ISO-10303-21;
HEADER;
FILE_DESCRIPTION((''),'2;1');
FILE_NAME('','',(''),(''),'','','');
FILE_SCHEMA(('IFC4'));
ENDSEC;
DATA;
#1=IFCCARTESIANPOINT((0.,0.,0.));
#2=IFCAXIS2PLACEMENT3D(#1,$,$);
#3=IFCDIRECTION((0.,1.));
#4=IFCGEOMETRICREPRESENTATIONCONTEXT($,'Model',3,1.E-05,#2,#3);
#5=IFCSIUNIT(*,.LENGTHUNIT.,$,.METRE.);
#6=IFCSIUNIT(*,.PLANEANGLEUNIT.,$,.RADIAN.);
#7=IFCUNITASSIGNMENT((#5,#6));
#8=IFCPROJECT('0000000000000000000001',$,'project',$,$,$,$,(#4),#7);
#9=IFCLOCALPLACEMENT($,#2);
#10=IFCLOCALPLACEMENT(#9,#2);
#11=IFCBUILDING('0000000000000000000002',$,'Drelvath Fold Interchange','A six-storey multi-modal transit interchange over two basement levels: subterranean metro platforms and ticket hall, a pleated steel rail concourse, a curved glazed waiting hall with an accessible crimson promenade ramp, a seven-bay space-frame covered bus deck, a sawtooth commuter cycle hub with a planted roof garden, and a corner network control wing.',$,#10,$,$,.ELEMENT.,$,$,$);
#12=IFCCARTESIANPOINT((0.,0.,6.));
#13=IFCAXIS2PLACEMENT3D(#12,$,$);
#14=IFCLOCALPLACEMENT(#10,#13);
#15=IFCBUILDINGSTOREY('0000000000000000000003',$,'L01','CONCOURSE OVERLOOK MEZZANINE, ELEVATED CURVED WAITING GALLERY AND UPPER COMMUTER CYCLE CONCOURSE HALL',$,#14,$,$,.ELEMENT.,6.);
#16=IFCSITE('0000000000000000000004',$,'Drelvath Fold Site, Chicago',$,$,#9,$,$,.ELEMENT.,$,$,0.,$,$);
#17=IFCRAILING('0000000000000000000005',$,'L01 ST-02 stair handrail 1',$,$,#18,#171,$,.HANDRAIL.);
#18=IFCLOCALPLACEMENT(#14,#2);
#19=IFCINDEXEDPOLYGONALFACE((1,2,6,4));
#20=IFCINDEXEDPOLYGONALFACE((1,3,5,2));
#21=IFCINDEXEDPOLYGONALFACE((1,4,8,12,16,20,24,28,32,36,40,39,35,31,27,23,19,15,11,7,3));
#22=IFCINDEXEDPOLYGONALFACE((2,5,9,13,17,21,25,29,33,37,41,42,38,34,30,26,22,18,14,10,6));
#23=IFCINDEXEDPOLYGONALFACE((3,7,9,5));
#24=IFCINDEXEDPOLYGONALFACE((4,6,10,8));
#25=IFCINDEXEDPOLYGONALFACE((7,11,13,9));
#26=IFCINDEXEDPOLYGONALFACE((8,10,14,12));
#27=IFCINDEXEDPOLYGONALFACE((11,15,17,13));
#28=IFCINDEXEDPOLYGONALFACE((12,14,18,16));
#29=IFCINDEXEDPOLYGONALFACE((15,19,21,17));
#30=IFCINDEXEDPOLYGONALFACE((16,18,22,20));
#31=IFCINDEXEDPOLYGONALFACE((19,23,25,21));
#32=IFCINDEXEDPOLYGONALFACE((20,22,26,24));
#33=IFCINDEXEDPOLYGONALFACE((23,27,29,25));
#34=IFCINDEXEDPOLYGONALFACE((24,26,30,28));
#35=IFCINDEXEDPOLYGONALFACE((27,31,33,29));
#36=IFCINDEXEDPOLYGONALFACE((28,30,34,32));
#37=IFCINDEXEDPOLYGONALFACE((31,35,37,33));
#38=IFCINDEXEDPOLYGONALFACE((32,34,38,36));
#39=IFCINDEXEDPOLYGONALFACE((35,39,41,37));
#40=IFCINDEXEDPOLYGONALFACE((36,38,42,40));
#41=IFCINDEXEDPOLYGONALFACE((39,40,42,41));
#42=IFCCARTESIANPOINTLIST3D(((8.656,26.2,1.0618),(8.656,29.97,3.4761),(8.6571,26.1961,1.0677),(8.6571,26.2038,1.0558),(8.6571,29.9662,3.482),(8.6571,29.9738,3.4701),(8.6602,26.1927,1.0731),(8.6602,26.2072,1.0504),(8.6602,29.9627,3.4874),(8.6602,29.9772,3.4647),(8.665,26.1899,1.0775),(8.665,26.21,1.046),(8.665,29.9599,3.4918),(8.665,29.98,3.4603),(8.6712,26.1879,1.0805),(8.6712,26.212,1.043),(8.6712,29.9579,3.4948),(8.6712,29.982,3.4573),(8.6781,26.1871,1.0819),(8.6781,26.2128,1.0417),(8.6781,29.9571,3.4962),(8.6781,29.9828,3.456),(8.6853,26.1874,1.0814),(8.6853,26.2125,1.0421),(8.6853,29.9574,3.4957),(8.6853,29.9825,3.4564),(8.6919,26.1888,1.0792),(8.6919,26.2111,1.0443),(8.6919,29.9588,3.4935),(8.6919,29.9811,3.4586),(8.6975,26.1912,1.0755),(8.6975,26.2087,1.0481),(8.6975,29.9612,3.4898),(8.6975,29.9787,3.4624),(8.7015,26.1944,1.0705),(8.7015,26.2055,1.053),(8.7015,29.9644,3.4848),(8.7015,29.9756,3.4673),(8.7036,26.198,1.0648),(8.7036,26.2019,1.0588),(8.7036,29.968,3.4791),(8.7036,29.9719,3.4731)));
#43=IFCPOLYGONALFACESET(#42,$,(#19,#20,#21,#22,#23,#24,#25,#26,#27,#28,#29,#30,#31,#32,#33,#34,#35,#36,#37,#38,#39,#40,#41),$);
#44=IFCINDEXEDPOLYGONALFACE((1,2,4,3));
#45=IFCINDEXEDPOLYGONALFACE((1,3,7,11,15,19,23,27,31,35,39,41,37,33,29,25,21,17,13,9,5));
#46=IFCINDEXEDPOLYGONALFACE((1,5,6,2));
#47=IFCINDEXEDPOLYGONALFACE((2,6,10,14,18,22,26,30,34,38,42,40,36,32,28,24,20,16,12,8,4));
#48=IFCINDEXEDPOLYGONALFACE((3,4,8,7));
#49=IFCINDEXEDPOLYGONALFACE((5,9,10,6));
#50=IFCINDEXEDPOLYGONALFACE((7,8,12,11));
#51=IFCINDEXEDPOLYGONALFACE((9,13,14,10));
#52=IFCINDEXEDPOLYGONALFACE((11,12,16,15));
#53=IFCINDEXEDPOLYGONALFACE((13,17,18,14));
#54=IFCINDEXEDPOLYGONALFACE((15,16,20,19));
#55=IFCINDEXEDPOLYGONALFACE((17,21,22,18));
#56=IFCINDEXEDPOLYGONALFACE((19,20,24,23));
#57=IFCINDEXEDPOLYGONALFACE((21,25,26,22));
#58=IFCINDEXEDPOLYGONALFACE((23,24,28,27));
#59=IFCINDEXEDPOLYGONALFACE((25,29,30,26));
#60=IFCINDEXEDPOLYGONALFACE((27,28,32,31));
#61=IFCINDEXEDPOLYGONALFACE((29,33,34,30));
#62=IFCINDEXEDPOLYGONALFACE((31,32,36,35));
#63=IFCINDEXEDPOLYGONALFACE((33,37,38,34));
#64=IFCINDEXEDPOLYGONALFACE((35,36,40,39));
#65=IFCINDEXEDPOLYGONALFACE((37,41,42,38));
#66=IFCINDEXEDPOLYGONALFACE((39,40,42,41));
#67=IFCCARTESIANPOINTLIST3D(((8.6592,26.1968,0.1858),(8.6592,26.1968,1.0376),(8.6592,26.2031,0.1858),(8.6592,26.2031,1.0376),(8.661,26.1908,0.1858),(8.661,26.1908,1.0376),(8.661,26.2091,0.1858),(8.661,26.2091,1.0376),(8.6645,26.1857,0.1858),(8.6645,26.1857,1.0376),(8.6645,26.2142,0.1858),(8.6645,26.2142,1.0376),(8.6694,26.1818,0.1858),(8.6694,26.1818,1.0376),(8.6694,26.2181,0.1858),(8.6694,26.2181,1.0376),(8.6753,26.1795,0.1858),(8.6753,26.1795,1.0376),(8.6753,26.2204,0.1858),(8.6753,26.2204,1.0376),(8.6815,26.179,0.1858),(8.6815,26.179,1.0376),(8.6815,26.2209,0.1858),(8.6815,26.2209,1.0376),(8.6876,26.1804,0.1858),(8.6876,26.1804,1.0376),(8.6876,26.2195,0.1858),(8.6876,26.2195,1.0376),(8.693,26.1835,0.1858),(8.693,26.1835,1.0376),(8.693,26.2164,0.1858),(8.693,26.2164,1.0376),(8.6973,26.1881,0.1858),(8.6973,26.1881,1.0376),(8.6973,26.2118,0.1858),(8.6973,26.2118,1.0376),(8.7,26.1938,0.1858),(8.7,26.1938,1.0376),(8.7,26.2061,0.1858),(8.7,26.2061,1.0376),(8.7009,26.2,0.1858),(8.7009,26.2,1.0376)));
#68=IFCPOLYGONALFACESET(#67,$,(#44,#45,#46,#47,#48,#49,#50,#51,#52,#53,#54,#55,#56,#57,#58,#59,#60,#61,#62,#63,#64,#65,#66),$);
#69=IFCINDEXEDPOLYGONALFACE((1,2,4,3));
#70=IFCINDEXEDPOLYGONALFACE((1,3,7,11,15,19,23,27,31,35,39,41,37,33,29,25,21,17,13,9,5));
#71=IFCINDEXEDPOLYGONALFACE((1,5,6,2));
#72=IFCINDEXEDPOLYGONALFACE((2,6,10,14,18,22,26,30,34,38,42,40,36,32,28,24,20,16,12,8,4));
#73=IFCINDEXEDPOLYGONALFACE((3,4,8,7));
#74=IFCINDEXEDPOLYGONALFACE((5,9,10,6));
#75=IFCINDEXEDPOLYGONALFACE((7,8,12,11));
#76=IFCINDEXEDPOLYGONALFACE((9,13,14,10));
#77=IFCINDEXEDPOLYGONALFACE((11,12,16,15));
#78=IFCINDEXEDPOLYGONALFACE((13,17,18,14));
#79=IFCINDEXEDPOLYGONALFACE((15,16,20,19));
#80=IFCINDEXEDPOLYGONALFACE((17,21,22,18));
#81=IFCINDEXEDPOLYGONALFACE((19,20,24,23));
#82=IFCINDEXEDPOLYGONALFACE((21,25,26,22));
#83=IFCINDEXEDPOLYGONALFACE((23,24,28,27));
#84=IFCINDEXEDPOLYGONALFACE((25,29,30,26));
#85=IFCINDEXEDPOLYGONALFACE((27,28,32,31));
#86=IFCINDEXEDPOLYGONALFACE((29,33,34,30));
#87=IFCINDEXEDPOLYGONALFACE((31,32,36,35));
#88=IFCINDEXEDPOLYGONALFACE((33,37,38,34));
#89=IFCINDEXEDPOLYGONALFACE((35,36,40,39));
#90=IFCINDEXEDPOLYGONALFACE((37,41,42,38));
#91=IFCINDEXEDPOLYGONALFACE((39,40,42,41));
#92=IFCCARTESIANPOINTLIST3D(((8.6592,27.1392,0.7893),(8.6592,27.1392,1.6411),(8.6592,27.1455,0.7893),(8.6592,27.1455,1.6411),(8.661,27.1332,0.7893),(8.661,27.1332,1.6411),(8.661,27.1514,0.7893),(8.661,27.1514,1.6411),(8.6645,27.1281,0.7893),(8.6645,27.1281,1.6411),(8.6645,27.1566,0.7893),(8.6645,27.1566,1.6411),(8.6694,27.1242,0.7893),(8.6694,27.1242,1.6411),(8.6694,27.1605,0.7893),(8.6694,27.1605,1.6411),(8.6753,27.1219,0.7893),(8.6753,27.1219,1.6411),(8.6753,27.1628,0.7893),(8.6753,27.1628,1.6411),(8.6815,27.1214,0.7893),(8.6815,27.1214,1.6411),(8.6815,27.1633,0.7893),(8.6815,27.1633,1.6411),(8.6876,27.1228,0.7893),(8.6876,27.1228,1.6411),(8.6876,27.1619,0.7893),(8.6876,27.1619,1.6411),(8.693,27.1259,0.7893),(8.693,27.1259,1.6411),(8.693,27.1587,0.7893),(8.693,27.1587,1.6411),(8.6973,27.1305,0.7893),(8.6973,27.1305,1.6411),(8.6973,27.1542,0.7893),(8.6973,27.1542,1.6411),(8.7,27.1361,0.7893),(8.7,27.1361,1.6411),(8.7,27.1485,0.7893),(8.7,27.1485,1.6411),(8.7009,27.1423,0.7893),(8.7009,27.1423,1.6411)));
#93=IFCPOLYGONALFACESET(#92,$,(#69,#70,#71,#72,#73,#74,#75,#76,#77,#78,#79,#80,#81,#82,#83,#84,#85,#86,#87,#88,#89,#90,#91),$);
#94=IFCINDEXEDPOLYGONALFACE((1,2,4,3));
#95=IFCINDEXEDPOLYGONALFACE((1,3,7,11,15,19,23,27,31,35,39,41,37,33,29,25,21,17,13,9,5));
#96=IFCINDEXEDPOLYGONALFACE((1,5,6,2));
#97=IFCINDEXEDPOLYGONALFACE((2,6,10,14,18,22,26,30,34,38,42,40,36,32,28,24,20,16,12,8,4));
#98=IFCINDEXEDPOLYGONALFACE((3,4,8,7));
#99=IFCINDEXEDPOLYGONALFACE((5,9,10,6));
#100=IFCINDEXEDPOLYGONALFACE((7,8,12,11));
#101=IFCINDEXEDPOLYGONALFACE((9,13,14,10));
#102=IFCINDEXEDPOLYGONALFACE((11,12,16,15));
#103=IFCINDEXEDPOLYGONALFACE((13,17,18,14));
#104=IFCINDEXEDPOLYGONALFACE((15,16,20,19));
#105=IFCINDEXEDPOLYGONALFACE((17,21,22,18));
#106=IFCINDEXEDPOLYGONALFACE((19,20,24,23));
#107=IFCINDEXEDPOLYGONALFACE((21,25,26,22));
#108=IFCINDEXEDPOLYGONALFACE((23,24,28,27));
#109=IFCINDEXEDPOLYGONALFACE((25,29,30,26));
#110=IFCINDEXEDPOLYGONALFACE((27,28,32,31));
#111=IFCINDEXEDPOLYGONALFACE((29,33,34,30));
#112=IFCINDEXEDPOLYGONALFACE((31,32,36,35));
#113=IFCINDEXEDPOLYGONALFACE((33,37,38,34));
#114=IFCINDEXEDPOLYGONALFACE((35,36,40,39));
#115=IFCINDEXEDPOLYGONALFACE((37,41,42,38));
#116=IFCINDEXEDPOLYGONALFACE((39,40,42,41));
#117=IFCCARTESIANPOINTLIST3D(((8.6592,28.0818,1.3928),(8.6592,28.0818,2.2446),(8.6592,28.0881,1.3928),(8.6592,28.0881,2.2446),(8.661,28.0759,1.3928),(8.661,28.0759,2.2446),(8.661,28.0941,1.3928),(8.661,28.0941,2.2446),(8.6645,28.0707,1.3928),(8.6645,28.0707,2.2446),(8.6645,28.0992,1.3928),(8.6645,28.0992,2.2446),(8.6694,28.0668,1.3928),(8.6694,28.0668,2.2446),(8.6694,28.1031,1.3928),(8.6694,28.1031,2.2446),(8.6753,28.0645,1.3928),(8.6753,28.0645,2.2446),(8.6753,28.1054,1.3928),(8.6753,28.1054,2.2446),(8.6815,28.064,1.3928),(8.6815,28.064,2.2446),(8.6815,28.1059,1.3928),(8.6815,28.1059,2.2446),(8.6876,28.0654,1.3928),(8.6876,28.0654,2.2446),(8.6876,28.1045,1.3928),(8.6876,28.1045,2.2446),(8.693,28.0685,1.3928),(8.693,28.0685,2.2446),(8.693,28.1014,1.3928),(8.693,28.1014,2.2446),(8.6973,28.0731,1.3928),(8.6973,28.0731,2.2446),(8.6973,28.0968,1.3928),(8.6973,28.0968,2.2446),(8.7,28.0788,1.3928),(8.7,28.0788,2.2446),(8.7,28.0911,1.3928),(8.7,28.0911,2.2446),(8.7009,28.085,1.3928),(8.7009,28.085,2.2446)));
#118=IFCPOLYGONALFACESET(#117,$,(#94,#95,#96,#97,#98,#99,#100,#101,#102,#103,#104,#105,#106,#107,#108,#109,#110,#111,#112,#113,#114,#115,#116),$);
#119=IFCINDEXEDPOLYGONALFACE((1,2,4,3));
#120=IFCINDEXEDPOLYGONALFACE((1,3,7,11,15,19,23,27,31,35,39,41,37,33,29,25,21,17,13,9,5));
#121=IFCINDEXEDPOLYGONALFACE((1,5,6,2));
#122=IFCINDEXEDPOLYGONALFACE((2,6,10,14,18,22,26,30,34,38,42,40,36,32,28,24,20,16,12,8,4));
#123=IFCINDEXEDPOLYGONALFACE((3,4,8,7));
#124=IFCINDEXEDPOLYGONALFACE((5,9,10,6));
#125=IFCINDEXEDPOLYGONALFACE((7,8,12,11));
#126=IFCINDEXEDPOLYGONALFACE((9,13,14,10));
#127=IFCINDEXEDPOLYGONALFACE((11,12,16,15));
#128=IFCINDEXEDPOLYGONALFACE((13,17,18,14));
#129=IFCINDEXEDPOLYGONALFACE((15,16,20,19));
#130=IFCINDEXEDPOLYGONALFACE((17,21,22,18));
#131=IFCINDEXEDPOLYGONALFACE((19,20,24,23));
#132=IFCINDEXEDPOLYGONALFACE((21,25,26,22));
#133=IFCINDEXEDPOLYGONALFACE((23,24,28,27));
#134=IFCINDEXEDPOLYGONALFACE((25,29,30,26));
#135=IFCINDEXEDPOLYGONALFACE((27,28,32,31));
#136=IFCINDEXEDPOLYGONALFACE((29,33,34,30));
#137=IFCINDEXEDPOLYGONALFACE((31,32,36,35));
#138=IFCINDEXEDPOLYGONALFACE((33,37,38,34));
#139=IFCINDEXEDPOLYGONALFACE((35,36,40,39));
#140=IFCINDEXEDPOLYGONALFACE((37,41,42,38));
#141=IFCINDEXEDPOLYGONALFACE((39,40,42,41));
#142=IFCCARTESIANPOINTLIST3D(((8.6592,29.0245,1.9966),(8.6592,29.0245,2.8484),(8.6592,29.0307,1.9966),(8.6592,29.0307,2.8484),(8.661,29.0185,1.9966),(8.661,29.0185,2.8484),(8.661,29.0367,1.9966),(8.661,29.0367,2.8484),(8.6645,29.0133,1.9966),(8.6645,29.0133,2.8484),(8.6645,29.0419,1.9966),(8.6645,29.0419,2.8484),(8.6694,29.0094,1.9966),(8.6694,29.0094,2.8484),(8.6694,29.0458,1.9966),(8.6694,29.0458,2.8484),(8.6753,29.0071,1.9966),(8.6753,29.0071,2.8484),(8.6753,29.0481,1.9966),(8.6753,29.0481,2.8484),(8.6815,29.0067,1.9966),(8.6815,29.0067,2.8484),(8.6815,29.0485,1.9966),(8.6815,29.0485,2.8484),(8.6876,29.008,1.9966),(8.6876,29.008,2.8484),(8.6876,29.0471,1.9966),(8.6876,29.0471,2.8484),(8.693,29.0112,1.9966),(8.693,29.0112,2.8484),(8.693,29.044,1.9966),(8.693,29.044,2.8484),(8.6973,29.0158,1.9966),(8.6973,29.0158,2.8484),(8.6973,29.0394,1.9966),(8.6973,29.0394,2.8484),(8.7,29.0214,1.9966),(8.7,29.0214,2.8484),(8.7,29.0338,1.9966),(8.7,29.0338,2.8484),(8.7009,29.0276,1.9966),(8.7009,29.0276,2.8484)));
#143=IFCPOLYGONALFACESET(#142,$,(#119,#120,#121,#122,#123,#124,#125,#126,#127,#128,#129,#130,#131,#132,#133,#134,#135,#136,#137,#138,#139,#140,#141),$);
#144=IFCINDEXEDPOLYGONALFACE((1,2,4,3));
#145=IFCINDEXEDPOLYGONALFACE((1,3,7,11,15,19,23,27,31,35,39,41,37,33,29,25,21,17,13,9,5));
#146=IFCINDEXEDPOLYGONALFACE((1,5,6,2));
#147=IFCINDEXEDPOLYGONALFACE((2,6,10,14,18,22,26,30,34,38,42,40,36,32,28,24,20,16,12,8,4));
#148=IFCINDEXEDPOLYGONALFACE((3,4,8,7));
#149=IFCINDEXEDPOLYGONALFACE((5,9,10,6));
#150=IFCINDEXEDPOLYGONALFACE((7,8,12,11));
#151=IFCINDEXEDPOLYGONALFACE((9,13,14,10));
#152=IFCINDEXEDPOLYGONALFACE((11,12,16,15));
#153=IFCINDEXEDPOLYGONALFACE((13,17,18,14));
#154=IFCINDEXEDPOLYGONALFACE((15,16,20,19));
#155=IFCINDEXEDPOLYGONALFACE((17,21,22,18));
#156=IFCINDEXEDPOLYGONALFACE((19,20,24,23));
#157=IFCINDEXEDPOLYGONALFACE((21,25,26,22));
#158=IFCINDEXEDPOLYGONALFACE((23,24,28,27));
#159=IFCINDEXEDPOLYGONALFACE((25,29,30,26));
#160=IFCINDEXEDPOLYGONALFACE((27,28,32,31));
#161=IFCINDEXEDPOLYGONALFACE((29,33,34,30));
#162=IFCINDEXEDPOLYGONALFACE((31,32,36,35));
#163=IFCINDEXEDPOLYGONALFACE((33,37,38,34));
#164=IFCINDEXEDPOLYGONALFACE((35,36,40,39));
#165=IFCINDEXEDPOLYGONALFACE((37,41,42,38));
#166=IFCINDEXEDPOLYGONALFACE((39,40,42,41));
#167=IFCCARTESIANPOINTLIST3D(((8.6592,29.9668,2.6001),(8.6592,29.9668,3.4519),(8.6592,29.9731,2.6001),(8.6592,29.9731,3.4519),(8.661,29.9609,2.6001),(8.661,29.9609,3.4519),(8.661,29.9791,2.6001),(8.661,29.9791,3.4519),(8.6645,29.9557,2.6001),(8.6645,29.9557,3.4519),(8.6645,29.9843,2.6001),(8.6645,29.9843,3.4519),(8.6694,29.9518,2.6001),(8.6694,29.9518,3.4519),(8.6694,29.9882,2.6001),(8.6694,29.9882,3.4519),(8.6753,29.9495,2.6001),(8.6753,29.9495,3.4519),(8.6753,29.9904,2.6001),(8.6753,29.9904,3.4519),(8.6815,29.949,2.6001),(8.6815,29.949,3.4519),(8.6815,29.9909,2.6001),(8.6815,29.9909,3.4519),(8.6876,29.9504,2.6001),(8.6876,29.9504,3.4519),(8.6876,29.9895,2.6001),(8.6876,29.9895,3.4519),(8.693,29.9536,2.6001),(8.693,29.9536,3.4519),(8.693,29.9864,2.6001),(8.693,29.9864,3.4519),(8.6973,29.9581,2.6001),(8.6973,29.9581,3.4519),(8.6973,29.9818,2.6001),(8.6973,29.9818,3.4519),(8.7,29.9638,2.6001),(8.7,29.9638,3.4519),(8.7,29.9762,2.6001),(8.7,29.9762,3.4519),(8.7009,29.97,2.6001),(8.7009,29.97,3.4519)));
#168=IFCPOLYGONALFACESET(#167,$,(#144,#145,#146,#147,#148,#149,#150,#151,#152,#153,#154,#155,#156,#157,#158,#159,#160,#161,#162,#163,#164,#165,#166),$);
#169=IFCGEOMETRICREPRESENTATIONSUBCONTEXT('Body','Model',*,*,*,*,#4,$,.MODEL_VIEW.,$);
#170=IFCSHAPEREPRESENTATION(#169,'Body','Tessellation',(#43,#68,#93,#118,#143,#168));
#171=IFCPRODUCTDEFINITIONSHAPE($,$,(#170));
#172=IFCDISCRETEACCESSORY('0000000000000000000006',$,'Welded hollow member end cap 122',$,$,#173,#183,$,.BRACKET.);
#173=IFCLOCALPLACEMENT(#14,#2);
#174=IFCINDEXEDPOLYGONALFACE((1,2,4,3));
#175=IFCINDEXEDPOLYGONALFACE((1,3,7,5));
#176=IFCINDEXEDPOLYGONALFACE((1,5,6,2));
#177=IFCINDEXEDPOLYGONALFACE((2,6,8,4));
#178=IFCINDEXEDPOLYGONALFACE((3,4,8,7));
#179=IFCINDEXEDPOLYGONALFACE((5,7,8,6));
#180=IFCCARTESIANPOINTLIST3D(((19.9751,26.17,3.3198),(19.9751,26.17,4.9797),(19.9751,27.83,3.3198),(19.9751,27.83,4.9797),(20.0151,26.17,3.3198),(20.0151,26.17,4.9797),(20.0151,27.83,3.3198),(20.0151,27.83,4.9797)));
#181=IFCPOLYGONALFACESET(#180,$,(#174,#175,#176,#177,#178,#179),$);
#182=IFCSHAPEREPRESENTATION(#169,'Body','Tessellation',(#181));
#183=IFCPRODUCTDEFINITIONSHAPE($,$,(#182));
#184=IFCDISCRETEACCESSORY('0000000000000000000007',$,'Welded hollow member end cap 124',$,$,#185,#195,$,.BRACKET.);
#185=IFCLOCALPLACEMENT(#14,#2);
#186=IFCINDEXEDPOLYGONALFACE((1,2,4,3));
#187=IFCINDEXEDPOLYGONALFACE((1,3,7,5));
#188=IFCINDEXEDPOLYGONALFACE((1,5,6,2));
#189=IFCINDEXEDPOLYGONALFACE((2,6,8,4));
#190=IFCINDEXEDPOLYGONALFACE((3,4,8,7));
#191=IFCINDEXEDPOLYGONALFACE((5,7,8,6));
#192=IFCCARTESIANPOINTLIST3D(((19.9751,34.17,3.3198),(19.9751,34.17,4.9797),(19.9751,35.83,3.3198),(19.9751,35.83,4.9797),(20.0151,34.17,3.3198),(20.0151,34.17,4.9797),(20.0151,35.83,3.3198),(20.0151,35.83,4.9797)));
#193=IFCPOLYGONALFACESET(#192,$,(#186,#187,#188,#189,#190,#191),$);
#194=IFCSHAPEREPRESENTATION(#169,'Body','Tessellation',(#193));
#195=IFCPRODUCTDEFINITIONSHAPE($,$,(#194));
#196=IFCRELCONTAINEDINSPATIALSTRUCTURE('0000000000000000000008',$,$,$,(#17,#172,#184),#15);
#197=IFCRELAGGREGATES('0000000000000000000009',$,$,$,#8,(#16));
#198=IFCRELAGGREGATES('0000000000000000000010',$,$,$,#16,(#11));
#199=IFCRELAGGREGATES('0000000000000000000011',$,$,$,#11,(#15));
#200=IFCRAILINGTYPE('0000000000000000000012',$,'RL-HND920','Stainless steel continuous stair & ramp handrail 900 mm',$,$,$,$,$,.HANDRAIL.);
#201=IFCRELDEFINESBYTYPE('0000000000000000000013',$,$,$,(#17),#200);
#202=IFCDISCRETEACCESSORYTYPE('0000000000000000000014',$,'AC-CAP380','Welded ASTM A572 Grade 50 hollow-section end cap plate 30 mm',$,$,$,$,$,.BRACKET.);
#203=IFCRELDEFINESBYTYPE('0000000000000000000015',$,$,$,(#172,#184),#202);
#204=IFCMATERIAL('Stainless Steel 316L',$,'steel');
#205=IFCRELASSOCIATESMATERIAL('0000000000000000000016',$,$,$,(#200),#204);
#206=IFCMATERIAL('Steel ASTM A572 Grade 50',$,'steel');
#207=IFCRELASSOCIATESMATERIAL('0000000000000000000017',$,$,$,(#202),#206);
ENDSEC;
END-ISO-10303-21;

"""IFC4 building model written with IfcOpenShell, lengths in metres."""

from ifc_helpers import new_model, si_unit, direction, frame, origin, origin_2d, place, context, subcontext, project, spatial, rectangle, circle, extrude, material, type_object, element, save


model = new_model("IFC4")

# Units and contexts
model_context = context("Model", 3, precision=1e-05, world=origin(), true_north=direction((0.0, 1.0)))
body_context = subcontext(model_context, "Body", "Model", "MODEL_VIEW")
ifc_project = project(units=[si_unit("LENGTHUNIT", "METRE"), si_unit("PLANEANGLEUNIT", "RADIAN")], contexts=[model_context])

# Site, building, storey
site_placement = place(None, origin())
site = spatial("IfcSite", under=ifc_project, at=site_placement, Name="Drelvath Fold Site, Chicago", CompositionType="ELEMENT", RefElevation=0.0)
building_placement = place(site_placement, origin())
building = spatial("IfcBuilding", under=site, at=building_placement, Name="Drelvath Fold Interchange", Description="A six-storey multi-modal transit interchange over two basement levels: subterranean metro platforms and ticket hall, a pleated steel rail concourse, a curved glazed waiting hall with an accessible crimson promenade ramp, a seven-bay space-frame covered bus deck, a sawtooth commuter cycle hub with a planted roof garden, and a corner network control wing.", CompositionType="ELEMENT")
storey_placement = place(building_placement, frame((0.0, 0.0, 6.0)))
storey = spatial("IfcBuildingStorey", under=building, at=storey_placement, Name="L01", Description="CONCOURSE OVERLOOK MEZZANINE, ELEVATED CURVED WAITING GALLERY AND UPPER COMMUTER CYCLE CONCOURSE HALL", CompositionType="ELEMENT", Elevation=6.0)

# Shared definitions
ifc_material_1 = material(Name="Steel ASTM A572 Grade 50", Category="steel")

# Railing
ifc_material_2 = material(Name="Stainless Steel 316L", Category="steel")
railing_type_1 = type_object("IfcRailingType", Name="RL-HND920", Description="Stainless steel continuous stair & ramp handrail 900 mm", PredefinedType="HANDRAIL", material=ifc_material_2)
railing_1_placement = place(storey_placement, frame((8.6799, 26.2, 0.1858)))
element("IfcRailing", 1, at=railing_1_placement, inside=storey, type_object=railing_type_1, Name="L01 ST-02 stair handrail 1", PredefinedType="HANDRAIL", context=body_context, shape_type="SweptSolid", body=[
    extrude(circle(Radius=0.0239, at=origin_2d()), frame((0.0, 0.0, 0.876), z_axis=(0.0, 0.84212, 0.53929), x_axis=(-1.0, 0.0, 0.0)), (0.0, 0.0, 1.0), 4.4768),
    extrude(circle(Radius=0.021, at=origin_2d()), origin(), (0.0, 0.0, 1.0), 0.8518),
    extrude(circle(Radius=0.021, at=origin_2d()), frame((0.0, 0.9424, 0.6035)), (0.0, 0.0, 1.0), 0.8518),
    extrude(circle(Radius=0.021, at=origin_2d()), frame((0.0, 1.885, 1.207)), (0.0, 0.0, 1.0), 0.8518),
    extrude(circle(Radius=0.021, at=origin_2d()), frame((0.0, 2.8276, 1.8108)), (0.0, 0.0, 1.0), 0.8518),
    extrude(circle(Radius=0.021, at=origin_2d()), frame((0.0, 3.77, 2.4143)), (0.0, 0.0, 1.0), 0.8518),
])

# Discrete accessories
discrete_accessory_type = type_object("IfcDiscreteAccessoryType", Name="AC-CAP380", Description="Welded ASTM A572 Grade 50 hollow-section end cap plate 30 mm", PredefinedType="BRACKET", material=ifc_material_1)
for number, where, z_axis, x_axis, name in (
    (2, (19.9951, 27.0, 3.3198), (0.0, 0.0, 1.0), (1.0, 0.0, 0.0), "Welded hollow member end cap 122"),
    (3, (19.9951, 35.0, 3.3198), (0.0, 0.0, 1.0), (1.0, 0.0, 0.0), "Welded hollow member end cap 124"),
):
    element("IfcDiscreteAccessory", number, at=place(storey_placement, frame(where, z_axis=z_axis, x_axis=x_axis)), inside=storey, type_object=discrete_accessory_type, Name=name, PredefinedType="BRACKET", context=body_context, shape_type="SweptSolid", body=[
        extrude(rectangle(XDim=0.04, YDim=1.6599, at=origin_2d()), origin(), (0.0, 0.0, 1.0), 1.6599),
    ])

save(model, "model.ifc")
